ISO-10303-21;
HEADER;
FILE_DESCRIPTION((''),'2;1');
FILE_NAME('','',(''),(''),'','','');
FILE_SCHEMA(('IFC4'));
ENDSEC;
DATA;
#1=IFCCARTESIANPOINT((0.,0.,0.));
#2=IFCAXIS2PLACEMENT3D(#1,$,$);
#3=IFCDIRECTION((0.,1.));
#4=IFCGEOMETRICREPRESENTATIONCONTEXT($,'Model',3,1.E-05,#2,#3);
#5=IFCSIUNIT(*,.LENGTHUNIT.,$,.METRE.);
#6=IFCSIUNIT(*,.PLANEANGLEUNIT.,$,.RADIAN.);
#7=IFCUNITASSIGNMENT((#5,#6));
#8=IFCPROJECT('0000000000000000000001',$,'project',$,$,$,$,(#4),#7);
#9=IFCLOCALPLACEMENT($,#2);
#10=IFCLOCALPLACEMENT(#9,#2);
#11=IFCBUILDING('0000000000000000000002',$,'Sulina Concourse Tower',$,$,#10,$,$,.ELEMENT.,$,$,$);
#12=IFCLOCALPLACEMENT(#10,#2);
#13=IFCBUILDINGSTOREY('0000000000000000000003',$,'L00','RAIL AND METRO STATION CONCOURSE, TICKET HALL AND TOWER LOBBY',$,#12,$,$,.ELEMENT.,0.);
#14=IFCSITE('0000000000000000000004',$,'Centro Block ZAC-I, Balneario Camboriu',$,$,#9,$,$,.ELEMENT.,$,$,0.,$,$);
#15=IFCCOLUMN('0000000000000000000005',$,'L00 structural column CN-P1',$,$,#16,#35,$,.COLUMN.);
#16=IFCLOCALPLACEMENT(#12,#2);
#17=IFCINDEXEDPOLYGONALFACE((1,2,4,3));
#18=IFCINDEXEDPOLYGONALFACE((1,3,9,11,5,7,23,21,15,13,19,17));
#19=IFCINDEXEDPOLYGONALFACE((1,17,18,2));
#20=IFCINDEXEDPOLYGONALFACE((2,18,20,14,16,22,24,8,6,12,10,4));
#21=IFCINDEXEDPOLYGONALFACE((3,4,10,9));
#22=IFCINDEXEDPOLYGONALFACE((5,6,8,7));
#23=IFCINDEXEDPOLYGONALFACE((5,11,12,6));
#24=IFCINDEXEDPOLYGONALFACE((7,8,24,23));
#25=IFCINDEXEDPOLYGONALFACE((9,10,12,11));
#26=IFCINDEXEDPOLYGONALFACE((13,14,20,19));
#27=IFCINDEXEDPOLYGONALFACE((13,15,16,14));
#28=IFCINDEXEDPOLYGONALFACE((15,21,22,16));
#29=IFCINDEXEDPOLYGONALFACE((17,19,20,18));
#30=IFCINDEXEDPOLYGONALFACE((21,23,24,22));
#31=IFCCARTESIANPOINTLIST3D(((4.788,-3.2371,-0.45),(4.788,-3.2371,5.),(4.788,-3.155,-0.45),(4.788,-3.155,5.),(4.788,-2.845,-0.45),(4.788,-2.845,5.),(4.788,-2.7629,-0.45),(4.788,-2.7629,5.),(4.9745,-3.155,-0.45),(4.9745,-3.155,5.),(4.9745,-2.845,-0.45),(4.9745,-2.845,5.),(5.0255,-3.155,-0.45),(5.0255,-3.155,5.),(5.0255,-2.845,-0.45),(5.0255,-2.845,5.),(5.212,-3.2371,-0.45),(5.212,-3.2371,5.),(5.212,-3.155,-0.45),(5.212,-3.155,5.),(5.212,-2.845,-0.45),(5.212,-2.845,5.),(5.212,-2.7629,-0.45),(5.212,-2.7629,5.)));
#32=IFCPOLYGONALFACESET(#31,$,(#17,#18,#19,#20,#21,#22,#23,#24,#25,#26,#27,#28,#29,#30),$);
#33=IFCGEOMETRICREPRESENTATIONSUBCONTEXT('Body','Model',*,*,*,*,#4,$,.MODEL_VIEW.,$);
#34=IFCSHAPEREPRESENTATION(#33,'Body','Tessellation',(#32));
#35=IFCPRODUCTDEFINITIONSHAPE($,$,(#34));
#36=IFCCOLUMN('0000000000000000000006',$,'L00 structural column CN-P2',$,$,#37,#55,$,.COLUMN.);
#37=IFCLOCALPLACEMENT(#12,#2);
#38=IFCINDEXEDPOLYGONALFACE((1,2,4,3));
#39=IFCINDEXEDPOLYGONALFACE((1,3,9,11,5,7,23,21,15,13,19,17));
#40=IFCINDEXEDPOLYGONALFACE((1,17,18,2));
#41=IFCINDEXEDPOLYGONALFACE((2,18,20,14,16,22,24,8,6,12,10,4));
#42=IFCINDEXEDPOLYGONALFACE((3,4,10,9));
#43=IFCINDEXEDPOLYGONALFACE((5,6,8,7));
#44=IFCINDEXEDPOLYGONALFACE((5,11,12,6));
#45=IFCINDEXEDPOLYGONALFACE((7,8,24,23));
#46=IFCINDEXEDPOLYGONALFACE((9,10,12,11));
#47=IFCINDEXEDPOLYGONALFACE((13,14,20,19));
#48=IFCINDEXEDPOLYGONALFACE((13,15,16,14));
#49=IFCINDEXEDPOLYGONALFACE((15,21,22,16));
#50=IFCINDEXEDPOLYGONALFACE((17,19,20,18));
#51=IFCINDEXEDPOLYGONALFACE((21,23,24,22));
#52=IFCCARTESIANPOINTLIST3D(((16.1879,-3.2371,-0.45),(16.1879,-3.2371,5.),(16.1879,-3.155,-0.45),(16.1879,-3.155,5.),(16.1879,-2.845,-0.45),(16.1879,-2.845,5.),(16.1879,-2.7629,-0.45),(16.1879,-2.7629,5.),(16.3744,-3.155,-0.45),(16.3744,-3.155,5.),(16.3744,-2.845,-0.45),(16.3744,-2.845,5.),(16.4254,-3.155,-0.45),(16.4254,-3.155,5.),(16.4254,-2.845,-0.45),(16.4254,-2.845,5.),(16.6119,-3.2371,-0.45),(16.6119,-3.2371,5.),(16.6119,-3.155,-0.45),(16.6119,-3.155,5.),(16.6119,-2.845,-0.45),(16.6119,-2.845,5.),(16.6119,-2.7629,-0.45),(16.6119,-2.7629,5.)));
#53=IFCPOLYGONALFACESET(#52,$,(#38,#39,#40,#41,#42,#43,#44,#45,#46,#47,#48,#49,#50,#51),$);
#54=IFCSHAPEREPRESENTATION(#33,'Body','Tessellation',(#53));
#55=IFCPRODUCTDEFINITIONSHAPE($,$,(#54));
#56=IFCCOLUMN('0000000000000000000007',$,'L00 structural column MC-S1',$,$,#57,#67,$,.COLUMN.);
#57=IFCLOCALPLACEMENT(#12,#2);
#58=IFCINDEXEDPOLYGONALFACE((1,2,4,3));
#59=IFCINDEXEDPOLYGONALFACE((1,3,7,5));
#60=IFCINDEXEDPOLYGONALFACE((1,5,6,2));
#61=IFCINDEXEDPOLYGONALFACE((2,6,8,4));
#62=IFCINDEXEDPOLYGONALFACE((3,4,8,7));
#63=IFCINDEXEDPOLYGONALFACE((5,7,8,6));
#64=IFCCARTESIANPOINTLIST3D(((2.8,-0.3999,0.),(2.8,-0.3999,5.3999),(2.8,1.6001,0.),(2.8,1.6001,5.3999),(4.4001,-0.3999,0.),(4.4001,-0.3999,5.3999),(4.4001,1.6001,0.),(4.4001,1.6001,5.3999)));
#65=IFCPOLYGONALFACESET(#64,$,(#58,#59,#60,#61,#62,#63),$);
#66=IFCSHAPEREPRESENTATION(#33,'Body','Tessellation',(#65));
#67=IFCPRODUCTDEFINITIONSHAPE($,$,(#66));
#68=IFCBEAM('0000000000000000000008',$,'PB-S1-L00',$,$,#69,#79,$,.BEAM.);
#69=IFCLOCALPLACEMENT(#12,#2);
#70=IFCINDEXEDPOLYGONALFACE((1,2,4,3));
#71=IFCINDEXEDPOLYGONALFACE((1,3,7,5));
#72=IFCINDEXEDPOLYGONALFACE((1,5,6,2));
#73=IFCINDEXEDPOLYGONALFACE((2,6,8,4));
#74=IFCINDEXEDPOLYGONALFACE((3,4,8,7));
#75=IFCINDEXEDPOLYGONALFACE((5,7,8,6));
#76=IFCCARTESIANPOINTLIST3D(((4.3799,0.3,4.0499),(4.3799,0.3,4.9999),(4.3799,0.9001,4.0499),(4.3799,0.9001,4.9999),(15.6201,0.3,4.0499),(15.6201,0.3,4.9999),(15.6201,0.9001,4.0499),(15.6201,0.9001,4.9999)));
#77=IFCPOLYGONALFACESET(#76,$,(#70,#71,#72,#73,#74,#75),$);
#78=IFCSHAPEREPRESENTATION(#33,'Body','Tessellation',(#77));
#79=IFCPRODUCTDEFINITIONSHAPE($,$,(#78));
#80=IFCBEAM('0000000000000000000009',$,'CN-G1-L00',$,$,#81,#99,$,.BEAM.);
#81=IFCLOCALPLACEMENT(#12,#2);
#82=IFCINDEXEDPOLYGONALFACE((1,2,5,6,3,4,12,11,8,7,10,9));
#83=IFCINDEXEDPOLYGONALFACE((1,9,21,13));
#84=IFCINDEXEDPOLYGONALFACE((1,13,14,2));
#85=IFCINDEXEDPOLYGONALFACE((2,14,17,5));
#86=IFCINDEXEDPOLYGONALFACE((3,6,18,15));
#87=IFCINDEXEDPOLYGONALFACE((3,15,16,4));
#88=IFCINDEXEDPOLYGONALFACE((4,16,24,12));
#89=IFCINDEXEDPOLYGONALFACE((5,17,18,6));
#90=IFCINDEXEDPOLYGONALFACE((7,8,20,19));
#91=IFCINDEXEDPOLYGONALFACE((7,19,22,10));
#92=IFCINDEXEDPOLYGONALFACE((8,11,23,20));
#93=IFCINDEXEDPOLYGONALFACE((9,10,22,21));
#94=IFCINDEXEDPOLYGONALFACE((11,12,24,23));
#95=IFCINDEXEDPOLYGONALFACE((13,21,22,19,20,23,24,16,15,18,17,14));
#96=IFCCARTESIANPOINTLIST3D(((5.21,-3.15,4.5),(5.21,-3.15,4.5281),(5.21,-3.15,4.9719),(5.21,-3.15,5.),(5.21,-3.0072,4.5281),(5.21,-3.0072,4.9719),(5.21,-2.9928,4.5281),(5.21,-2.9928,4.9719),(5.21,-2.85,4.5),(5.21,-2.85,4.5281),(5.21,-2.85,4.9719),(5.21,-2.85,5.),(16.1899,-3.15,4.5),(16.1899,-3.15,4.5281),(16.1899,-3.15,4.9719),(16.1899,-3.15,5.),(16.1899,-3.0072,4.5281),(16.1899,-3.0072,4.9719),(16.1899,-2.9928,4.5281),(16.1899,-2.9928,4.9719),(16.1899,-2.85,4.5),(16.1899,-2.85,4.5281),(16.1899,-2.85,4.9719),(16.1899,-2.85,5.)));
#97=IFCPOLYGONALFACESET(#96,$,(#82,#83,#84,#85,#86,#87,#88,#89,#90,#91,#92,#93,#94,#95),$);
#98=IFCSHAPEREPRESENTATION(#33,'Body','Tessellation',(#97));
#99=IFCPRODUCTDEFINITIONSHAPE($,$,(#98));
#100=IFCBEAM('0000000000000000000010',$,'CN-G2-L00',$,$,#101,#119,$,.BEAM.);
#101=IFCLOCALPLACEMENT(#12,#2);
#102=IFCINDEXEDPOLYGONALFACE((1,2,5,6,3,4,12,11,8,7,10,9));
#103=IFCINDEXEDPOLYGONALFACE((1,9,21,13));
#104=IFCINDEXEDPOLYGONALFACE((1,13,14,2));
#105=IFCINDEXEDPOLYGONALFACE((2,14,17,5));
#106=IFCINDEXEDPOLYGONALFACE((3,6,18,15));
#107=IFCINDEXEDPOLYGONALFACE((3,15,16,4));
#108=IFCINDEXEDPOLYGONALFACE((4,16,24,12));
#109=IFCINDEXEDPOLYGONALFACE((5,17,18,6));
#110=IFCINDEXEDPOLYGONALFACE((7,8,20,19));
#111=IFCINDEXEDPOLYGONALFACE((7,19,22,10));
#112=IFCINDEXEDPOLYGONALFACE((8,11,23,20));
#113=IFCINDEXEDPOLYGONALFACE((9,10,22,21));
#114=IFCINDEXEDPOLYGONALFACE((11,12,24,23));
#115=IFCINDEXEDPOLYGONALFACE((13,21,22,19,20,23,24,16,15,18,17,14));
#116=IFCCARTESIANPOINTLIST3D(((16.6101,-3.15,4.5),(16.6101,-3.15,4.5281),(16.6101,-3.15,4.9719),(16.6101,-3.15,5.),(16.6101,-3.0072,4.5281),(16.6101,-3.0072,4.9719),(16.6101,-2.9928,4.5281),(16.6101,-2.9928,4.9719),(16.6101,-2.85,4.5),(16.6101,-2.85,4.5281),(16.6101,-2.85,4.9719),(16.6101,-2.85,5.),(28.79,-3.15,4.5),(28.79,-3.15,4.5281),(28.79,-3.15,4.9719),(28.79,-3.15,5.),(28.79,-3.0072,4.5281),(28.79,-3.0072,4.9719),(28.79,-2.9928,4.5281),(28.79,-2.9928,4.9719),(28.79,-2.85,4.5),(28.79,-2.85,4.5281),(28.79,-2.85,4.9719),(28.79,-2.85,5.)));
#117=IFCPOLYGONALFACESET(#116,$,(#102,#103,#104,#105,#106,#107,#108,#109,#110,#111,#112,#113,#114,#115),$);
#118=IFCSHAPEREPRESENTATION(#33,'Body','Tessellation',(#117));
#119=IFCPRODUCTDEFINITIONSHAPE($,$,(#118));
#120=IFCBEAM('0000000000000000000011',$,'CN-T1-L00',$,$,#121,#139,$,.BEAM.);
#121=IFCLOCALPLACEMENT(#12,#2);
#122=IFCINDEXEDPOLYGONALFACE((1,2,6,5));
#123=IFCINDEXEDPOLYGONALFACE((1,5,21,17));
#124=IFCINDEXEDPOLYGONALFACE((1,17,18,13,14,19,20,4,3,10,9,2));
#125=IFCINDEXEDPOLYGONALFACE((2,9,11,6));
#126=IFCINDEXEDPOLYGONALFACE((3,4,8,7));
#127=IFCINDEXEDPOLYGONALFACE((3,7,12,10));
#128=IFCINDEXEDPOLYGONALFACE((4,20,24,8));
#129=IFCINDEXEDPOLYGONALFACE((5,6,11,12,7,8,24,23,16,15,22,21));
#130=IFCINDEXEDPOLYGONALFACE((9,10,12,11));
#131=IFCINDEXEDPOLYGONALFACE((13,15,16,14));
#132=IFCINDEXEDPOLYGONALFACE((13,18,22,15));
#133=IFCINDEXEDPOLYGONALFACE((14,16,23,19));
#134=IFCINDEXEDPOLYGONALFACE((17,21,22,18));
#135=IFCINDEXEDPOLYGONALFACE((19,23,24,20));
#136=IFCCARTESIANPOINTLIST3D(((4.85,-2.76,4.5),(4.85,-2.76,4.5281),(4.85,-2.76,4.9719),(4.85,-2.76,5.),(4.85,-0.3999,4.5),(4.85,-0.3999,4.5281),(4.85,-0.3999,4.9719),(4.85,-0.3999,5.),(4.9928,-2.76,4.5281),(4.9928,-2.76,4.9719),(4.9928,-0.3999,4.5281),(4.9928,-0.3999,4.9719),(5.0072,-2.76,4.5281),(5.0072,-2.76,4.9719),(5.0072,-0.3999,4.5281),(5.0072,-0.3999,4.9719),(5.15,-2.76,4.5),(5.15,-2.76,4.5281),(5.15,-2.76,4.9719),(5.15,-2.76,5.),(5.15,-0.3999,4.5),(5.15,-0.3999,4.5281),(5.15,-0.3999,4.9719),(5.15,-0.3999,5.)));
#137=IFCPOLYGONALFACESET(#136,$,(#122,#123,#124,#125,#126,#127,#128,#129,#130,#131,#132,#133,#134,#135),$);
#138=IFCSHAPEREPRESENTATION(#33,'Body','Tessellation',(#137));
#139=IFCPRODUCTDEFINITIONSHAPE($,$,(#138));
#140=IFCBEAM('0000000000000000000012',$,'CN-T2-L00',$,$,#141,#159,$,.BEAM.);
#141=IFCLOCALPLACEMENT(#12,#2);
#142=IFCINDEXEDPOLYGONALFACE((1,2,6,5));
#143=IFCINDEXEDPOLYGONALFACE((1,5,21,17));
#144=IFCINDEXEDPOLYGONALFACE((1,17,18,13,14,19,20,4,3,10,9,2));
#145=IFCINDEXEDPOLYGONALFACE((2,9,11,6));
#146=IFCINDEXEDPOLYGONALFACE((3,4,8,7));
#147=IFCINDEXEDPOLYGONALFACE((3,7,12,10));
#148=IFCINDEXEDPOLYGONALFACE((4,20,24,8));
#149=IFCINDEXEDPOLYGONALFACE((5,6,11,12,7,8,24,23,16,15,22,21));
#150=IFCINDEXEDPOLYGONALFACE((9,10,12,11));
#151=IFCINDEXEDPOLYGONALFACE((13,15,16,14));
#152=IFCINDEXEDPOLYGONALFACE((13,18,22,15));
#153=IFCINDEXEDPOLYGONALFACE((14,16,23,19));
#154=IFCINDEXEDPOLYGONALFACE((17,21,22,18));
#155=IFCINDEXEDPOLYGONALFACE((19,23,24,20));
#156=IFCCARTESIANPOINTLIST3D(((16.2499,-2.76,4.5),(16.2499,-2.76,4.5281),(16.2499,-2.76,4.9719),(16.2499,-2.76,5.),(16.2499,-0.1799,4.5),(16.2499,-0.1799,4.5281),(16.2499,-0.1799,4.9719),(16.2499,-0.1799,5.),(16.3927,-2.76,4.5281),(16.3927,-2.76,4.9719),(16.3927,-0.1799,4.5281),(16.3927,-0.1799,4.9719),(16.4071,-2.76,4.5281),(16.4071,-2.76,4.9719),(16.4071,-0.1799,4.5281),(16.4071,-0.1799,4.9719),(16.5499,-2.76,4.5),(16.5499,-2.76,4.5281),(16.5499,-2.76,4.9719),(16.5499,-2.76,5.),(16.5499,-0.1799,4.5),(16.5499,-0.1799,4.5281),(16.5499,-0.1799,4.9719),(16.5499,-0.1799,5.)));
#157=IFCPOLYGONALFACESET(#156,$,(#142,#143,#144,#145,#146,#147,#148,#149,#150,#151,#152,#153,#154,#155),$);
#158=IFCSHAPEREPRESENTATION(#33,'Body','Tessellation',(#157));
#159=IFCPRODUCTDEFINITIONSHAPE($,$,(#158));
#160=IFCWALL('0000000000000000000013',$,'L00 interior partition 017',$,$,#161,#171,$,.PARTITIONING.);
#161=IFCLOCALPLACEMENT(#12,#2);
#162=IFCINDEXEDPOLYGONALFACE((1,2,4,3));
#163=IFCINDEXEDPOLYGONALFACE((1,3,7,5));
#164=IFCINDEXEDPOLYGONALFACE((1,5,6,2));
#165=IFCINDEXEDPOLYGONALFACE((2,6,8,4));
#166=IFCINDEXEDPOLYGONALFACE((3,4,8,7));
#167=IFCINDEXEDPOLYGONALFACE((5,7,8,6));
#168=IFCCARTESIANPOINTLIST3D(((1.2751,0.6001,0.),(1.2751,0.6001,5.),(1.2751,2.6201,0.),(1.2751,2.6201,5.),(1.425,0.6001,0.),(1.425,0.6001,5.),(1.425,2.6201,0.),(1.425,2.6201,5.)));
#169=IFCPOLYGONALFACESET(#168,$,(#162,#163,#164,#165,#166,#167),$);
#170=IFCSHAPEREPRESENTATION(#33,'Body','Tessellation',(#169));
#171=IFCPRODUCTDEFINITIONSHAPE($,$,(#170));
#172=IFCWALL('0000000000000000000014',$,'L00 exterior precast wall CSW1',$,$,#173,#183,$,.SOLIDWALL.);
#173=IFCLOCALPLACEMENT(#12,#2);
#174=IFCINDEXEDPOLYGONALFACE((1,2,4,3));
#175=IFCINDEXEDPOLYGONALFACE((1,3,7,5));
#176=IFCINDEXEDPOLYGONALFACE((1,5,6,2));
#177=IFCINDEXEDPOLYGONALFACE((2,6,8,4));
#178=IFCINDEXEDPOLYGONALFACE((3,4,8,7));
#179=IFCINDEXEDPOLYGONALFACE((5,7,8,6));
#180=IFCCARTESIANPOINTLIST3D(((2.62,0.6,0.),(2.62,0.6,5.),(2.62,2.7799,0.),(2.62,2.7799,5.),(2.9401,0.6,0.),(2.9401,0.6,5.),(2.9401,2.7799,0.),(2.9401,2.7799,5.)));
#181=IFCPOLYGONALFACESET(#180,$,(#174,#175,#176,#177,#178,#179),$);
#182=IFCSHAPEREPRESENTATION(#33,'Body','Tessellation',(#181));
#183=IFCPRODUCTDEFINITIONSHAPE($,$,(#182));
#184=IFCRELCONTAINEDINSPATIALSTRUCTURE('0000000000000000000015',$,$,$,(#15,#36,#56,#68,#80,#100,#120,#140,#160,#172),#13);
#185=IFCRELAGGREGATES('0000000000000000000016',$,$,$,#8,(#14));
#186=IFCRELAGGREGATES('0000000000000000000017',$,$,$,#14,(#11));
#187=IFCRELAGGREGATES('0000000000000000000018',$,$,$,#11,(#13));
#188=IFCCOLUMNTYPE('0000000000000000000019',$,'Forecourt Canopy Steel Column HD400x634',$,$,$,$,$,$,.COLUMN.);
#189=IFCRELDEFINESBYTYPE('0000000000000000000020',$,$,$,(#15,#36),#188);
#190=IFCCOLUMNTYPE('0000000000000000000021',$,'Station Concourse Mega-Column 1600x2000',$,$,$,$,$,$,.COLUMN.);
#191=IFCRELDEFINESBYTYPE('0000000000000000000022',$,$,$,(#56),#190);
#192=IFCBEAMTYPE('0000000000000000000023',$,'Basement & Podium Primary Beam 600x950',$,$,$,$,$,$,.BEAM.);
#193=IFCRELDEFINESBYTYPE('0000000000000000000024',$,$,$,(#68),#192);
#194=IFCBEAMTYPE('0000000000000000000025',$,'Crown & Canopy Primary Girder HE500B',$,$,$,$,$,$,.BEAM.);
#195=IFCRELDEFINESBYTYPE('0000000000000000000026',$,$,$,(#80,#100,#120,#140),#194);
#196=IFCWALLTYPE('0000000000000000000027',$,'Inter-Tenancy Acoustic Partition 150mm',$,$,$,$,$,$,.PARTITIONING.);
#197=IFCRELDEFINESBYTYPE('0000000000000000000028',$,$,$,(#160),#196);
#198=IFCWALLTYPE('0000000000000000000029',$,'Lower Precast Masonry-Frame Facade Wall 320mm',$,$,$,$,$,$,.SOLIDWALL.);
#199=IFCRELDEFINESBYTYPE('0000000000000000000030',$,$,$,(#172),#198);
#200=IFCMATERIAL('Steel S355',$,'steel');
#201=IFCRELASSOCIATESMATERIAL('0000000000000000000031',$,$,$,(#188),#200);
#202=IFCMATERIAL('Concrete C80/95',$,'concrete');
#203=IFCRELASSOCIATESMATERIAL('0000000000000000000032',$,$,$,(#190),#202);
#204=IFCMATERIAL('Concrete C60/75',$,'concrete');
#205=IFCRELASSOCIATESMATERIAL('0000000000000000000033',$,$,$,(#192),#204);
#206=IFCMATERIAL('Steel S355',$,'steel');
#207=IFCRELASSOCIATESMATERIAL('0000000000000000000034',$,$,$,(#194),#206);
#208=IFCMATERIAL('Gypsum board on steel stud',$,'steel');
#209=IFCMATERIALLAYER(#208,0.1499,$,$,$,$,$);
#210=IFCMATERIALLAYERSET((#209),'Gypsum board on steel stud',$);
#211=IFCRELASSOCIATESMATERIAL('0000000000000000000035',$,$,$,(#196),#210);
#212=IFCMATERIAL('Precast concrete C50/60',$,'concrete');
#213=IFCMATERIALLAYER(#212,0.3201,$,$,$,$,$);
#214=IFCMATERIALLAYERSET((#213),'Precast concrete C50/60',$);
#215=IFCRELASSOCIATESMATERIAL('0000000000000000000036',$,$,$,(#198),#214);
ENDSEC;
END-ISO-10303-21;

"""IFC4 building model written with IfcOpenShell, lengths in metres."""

from ifc_helpers import new_model, si_unit, direction, frame, frame_2d, origin, origin_2d, place, context, subcontext, project, spatial, rectangle, i_section, extrude, material, layer, layer_set, material_profile, profile_set, type_object, element, save


model = new_model("IFC4")

# Units and contexts
model_context = context("Model", 3, precision=1e-05, world=origin(), true_north=direction((0.0, 1.0)))
body_context = subcontext(model_context, "Body", "Model", "MODEL_VIEW")
ifc_project = project(units=[si_unit("LENGTHUNIT", "METRE"), si_unit("PLANEANGLEUNIT", "RADIAN")], contexts=[model_context])

# Site, building, storey
site_placement = place(None, origin())
site = spatial("IfcSite", under=ifc_project, at=site_placement, Name="Centro Block ZAC-I, Balneario Camboriu", CompositionType="ELEMENT", RefElevation=0.0)
building_placement = place(site_placement, origin())
building = spatial("IfcBuilding", under=site, at=building_placement, Name="Sulina Concourse Tower", CompositionType="ELEMENT")
storey_placement = place(building_placement, origin())
storey = spatial("IfcBuildingStorey", under=building, at=storey_placement, Name="L00", Description="RAIL AND METRO STATION CONCOURSE, TICKET HALL AND TOWER LOBBY", CompositionType="ELEMENT", Elevation=0.0)

# Columns
ifc_material_1 = material(Name="Steel S355", Category="steel")
ifc_material_profile_1 = material_profile(ifc_material_1, i_section(OverallWidth=0.4241, OverallDepth=0.4741, WebThickness=0.051, FlangeThickness=0.082, at=origin_2d()), Name="HD 400x634")
ifc_profile_set_1 = profile_set([ifc_material_profile_1], Name="Steel S355")
column_type_1 = type_object("IfcColumnType", Name="Forecourt Canopy Steel Column HD400x634", PredefinedType="COLUMN", material=ifc_profile_set_1)
for number, where, z_axis, x_axis, name in (
    (1, (5.0, -3.0, -0.45), (0.0, 0.0, 1.0), (1.0, 0.0, 0.0), "L00 structural column CN-P1"),
    (2, (16.3999, -3.0, -0.45), (0.0, 0.0, 1.0), (1.0, 0.0, 0.0), "L00 structural column CN-P2"),
):
    element("IfcColumn", number, at=place(storey_placement, frame(where, z_axis=z_axis, x_axis=x_axis)), inside=storey, type_object=column_type_1, Name=name, PredefinedType="COLUMN", context=body_context, shape_type="SweptSolid", body=[
        extrude(i_section(OverallWidth=0.4241, OverallDepth=0.4741, WebThickness=0.051, FlangeThickness=0.082, at=origin_2d()), origin(), (0.0, 0.0, 1.0), 5.45),
    ])
ifc_material_2 = material(Name="Concrete C80/95", Category="concrete")
ifc_material_profile_2 = material_profile(ifc_material_2, rectangle(XDim=1.6001, YDim=2.0, at=origin_2d()), Name="RC 1600x2000")
ifc_profile_set_2 = profile_set([ifc_material_profile_2], Name="Concrete C80/95")
column_type_2 = type_object("IfcColumnType", Name="Station Concourse Mega-Column 1600x2000", PredefinedType="COLUMN", material=ifc_profile_set_2)
column_placement = place(storey_placement, frame((3.6001, 0.6001, 0.0), z_axis=(0.0, 0.0, 1.0), x_axis=(1.0, 0.0, 0.0)))
element("IfcColumn", 3, at=column_placement, inside=storey, type_object=column_type_2, Name="L00 structural column MC-S1", PredefinedType="COLUMN", context=body_context, shape_type="SweptSolid", body=[
    extrude(rectangle(XDim=1.6001, YDim=2.0, at=origin_2d()), origin(), (0.0, 0.0, 1.0), 5.3999),
])

# Beams
ifc_material_3 = material(Name="Concrete C60/75", Category="concrete")
ifc_material_profile_3 = material_profile(ifc_material_3, rectangle(XDim=0.6001, YDim=0.95, at=origin_2d()), Name="RC 600x950")
ifc_profile_set_3 = profile_set([ifc_material_profile_3], Name="Concrete C60/75")
beam_type_1 = type_object("IfcBeamType", Name="Basement & Podium Primary Beam 600x950", PredefinedType="BEAM", material=ifc_profile_set_3)
beam_1_placement = place(storey_placement, frame((4.3799, 0.6001, 4.5249), z_axis=(1.0, 0.0, 0.0), x_axis=(0.0, 1.0, 0.0)))
element("IfcBeam", 4, at=beam_1_placement, inside=storey, type_object=beam_type_1, Name="PB-S1-L00", PredefinedType="BEAM", context=body_context, shape_type="SweptSolid", body=[
    extrude(rectangle(XDim=0.6001, YDim=0.95, at=origin_2d()), origin(), (0.0, 0.0, 1.0), 11.2402),
])
ifc_material_4 = material(Name="Steel S355", Category="steel")
ifc_material_profile_4 = material_profile(ifc_material_4, i_section(OverallWidth=0.3, OverallDepth=0.5, WebThickness=0.0144, FlangeThickness=0.0281, at=origin_2d()), Name="HE 500 B")
ifc_profile_set_4 = profile_set([ifc_material_profile_4], Name="Steel S355")
beam_type_2 = type_object("IfcBeamType", Name="Crown & Canopy Primary Girder HE500B", PredefinedType="BEAM", material=ifc_profile_set_4)
beam_2_placement = place(storey_placement, frame((5.21, -3.0, 4.75), z_axis=(1.0, 0.0, 0.0), x_axis=(0.0, 1.0, 0.0)))
element("IfcBeam", 5, at=beam_2_placement, inside=storey, type_object=beam_type_2, Name="CN-G1-L00", PredefinedType="BEAM", context=body_context, shape_type="SweptSolid", body=[
    extrude(i_section(OverallWidth=0.3, OverallDepth=0.5, WebThickness=0.0144, FlangeThickness=0.0281, at=origin_2d()), origin(), (0.0, 0.0, 1.0), 10.98),
])
beam_3_placement = place(storey_placement, frame((16.6101, -3.0, 4.75), z_axis=(1.0, 0.0, 0.0), x_axis=(0.0, 1.0, 0.0)))
element("IfcBeam", 6, at=beam_3_placement, inside=storey, type_object=beam_type_2, Name="CN-G2-L00", PredefinedType="BEAM", context=body_context, shape_type="SweptSolid", body=[
    extrude(i_section(OverallWidth=0.3, OverallDepth=0.5, WebThickness=0.0144, FlangeThickness=0.0281, at=origin_2d()), origin(), (0.0, 0.0, 1.0), 12.1799),
])
beam_4_placement = place(storey_placement, frame((5.0, -2.76, 4.75), z_axis=(0.0, 1.0, 0.0), x_axis=(-1.0, 0.0, 0.0)))
element("IfcBeam", 7, at=beam_4_placement, inside=storey, type_object=beam_type_2, Name="CN-T1-L00", PredefinedType="BEAM", context=body_context, shape_type="SweptSolid", body=[
    extrude(i_section(OverallWidth=0.3, OverallDepth=0.5, WebThickness=0.0144, FlangeThickness=0.0281, at=origin_2d()), origin(), (0.0, 0.0, 1.0), 2.3601),
])
beam_5_placement = place(storey_placement, frame((16.3999, -2.76, 4.75), z_axis=(0.0, 1.0, 0.0), x_axis=(-1.0, 0.0, 0.0)))
element("IfcBeam", 8, at=beam_5_placement, inside=storey, type_object=beam_type_2, Name="CN-T2-L00", PredefinedType="BEAM", context=body_context, shape_type="SweptSolid", body=[
    extrude(i_section(OverallWidth=0.3, OverallDepth=0.5, WebThickness=0.0144, FlangeThickness=0.0281, at=origin_2d()), origin(), (0.0, 0.0, 1.0), 2.5801),
])

# Walls
ifc_material_5 = material(Name="Gypsum board on steel stud", Category="steel")
ifc_layer_1 = layer(ifc_material_5, 0.1499)
ifc_layer_set_1 = layer_set([ifc_layer_1], Name="Gypsum board on steel stud")
wall_type_1 = type_object("IfcWallType", Name="Inter-Tenancy Acoustic Partition 150mm", PredefinedType="PARTITIONING", material=ifc_layer_set_1)
wall_1_placement = place(storey_placement, frame((1.3501, 0.6001, 0.0), z_axis=(0.0, 0.0, 1.0), x_axis=(0.0, 1.0, 0.0)))
element("IfcWall", 9, at=wall_1_placement, inside=storey, type_object=wall_type_1, Name="L00 interior partition 017", PredefinedType="PARTITIONING", context=body_context, shape_type="SweptSolid", body=[
    extrude(rectangle(XDim=2.02, YDim=0.1499, at=frame_2d((1.01, 0.0))), origin(), (0.0, 0.0, 1.0), 5.0),
])
ifc_material_6 = material(Name="Precast concrete C50/60", Category="concrete")
ifc_layer_2 = layer(ifc_material_6, 0.3201)
ifc_layer_set_2 = layer_set([ifc_layer_2], Name="Precast concrete C50/60")
wall_type_2 = type_object("IfcWallType", Name="Lower Precast Masonry-Frame Facade Wall 320mm", PredefinedType="SOLIDWALL", material=ifc_layer_set_2)
wall_2_placement = place(storey_placement, frame((2.78, 0.6001, 0.0), z_axis=(0.0, 0.0, 1.0), x_axis=(0.0, 1.0, 0.0)))
element("IfcWall", 10, at=wall_2_placement, inside=storey, type_object=wall_type_2, Name="L00 exterior precast wall CSW1", PredefinedType="SOLIDWALL", context=body_context, shape_type="SweptSolid", body=[
    extrude(rectangle(XDim=2.1799, YDim=0.3201, at=frame_2d((1.0898, 0.0))), origin(), (0.0, 0.0, 1.0), 5.0),
])

save(model, "model.ifc")
